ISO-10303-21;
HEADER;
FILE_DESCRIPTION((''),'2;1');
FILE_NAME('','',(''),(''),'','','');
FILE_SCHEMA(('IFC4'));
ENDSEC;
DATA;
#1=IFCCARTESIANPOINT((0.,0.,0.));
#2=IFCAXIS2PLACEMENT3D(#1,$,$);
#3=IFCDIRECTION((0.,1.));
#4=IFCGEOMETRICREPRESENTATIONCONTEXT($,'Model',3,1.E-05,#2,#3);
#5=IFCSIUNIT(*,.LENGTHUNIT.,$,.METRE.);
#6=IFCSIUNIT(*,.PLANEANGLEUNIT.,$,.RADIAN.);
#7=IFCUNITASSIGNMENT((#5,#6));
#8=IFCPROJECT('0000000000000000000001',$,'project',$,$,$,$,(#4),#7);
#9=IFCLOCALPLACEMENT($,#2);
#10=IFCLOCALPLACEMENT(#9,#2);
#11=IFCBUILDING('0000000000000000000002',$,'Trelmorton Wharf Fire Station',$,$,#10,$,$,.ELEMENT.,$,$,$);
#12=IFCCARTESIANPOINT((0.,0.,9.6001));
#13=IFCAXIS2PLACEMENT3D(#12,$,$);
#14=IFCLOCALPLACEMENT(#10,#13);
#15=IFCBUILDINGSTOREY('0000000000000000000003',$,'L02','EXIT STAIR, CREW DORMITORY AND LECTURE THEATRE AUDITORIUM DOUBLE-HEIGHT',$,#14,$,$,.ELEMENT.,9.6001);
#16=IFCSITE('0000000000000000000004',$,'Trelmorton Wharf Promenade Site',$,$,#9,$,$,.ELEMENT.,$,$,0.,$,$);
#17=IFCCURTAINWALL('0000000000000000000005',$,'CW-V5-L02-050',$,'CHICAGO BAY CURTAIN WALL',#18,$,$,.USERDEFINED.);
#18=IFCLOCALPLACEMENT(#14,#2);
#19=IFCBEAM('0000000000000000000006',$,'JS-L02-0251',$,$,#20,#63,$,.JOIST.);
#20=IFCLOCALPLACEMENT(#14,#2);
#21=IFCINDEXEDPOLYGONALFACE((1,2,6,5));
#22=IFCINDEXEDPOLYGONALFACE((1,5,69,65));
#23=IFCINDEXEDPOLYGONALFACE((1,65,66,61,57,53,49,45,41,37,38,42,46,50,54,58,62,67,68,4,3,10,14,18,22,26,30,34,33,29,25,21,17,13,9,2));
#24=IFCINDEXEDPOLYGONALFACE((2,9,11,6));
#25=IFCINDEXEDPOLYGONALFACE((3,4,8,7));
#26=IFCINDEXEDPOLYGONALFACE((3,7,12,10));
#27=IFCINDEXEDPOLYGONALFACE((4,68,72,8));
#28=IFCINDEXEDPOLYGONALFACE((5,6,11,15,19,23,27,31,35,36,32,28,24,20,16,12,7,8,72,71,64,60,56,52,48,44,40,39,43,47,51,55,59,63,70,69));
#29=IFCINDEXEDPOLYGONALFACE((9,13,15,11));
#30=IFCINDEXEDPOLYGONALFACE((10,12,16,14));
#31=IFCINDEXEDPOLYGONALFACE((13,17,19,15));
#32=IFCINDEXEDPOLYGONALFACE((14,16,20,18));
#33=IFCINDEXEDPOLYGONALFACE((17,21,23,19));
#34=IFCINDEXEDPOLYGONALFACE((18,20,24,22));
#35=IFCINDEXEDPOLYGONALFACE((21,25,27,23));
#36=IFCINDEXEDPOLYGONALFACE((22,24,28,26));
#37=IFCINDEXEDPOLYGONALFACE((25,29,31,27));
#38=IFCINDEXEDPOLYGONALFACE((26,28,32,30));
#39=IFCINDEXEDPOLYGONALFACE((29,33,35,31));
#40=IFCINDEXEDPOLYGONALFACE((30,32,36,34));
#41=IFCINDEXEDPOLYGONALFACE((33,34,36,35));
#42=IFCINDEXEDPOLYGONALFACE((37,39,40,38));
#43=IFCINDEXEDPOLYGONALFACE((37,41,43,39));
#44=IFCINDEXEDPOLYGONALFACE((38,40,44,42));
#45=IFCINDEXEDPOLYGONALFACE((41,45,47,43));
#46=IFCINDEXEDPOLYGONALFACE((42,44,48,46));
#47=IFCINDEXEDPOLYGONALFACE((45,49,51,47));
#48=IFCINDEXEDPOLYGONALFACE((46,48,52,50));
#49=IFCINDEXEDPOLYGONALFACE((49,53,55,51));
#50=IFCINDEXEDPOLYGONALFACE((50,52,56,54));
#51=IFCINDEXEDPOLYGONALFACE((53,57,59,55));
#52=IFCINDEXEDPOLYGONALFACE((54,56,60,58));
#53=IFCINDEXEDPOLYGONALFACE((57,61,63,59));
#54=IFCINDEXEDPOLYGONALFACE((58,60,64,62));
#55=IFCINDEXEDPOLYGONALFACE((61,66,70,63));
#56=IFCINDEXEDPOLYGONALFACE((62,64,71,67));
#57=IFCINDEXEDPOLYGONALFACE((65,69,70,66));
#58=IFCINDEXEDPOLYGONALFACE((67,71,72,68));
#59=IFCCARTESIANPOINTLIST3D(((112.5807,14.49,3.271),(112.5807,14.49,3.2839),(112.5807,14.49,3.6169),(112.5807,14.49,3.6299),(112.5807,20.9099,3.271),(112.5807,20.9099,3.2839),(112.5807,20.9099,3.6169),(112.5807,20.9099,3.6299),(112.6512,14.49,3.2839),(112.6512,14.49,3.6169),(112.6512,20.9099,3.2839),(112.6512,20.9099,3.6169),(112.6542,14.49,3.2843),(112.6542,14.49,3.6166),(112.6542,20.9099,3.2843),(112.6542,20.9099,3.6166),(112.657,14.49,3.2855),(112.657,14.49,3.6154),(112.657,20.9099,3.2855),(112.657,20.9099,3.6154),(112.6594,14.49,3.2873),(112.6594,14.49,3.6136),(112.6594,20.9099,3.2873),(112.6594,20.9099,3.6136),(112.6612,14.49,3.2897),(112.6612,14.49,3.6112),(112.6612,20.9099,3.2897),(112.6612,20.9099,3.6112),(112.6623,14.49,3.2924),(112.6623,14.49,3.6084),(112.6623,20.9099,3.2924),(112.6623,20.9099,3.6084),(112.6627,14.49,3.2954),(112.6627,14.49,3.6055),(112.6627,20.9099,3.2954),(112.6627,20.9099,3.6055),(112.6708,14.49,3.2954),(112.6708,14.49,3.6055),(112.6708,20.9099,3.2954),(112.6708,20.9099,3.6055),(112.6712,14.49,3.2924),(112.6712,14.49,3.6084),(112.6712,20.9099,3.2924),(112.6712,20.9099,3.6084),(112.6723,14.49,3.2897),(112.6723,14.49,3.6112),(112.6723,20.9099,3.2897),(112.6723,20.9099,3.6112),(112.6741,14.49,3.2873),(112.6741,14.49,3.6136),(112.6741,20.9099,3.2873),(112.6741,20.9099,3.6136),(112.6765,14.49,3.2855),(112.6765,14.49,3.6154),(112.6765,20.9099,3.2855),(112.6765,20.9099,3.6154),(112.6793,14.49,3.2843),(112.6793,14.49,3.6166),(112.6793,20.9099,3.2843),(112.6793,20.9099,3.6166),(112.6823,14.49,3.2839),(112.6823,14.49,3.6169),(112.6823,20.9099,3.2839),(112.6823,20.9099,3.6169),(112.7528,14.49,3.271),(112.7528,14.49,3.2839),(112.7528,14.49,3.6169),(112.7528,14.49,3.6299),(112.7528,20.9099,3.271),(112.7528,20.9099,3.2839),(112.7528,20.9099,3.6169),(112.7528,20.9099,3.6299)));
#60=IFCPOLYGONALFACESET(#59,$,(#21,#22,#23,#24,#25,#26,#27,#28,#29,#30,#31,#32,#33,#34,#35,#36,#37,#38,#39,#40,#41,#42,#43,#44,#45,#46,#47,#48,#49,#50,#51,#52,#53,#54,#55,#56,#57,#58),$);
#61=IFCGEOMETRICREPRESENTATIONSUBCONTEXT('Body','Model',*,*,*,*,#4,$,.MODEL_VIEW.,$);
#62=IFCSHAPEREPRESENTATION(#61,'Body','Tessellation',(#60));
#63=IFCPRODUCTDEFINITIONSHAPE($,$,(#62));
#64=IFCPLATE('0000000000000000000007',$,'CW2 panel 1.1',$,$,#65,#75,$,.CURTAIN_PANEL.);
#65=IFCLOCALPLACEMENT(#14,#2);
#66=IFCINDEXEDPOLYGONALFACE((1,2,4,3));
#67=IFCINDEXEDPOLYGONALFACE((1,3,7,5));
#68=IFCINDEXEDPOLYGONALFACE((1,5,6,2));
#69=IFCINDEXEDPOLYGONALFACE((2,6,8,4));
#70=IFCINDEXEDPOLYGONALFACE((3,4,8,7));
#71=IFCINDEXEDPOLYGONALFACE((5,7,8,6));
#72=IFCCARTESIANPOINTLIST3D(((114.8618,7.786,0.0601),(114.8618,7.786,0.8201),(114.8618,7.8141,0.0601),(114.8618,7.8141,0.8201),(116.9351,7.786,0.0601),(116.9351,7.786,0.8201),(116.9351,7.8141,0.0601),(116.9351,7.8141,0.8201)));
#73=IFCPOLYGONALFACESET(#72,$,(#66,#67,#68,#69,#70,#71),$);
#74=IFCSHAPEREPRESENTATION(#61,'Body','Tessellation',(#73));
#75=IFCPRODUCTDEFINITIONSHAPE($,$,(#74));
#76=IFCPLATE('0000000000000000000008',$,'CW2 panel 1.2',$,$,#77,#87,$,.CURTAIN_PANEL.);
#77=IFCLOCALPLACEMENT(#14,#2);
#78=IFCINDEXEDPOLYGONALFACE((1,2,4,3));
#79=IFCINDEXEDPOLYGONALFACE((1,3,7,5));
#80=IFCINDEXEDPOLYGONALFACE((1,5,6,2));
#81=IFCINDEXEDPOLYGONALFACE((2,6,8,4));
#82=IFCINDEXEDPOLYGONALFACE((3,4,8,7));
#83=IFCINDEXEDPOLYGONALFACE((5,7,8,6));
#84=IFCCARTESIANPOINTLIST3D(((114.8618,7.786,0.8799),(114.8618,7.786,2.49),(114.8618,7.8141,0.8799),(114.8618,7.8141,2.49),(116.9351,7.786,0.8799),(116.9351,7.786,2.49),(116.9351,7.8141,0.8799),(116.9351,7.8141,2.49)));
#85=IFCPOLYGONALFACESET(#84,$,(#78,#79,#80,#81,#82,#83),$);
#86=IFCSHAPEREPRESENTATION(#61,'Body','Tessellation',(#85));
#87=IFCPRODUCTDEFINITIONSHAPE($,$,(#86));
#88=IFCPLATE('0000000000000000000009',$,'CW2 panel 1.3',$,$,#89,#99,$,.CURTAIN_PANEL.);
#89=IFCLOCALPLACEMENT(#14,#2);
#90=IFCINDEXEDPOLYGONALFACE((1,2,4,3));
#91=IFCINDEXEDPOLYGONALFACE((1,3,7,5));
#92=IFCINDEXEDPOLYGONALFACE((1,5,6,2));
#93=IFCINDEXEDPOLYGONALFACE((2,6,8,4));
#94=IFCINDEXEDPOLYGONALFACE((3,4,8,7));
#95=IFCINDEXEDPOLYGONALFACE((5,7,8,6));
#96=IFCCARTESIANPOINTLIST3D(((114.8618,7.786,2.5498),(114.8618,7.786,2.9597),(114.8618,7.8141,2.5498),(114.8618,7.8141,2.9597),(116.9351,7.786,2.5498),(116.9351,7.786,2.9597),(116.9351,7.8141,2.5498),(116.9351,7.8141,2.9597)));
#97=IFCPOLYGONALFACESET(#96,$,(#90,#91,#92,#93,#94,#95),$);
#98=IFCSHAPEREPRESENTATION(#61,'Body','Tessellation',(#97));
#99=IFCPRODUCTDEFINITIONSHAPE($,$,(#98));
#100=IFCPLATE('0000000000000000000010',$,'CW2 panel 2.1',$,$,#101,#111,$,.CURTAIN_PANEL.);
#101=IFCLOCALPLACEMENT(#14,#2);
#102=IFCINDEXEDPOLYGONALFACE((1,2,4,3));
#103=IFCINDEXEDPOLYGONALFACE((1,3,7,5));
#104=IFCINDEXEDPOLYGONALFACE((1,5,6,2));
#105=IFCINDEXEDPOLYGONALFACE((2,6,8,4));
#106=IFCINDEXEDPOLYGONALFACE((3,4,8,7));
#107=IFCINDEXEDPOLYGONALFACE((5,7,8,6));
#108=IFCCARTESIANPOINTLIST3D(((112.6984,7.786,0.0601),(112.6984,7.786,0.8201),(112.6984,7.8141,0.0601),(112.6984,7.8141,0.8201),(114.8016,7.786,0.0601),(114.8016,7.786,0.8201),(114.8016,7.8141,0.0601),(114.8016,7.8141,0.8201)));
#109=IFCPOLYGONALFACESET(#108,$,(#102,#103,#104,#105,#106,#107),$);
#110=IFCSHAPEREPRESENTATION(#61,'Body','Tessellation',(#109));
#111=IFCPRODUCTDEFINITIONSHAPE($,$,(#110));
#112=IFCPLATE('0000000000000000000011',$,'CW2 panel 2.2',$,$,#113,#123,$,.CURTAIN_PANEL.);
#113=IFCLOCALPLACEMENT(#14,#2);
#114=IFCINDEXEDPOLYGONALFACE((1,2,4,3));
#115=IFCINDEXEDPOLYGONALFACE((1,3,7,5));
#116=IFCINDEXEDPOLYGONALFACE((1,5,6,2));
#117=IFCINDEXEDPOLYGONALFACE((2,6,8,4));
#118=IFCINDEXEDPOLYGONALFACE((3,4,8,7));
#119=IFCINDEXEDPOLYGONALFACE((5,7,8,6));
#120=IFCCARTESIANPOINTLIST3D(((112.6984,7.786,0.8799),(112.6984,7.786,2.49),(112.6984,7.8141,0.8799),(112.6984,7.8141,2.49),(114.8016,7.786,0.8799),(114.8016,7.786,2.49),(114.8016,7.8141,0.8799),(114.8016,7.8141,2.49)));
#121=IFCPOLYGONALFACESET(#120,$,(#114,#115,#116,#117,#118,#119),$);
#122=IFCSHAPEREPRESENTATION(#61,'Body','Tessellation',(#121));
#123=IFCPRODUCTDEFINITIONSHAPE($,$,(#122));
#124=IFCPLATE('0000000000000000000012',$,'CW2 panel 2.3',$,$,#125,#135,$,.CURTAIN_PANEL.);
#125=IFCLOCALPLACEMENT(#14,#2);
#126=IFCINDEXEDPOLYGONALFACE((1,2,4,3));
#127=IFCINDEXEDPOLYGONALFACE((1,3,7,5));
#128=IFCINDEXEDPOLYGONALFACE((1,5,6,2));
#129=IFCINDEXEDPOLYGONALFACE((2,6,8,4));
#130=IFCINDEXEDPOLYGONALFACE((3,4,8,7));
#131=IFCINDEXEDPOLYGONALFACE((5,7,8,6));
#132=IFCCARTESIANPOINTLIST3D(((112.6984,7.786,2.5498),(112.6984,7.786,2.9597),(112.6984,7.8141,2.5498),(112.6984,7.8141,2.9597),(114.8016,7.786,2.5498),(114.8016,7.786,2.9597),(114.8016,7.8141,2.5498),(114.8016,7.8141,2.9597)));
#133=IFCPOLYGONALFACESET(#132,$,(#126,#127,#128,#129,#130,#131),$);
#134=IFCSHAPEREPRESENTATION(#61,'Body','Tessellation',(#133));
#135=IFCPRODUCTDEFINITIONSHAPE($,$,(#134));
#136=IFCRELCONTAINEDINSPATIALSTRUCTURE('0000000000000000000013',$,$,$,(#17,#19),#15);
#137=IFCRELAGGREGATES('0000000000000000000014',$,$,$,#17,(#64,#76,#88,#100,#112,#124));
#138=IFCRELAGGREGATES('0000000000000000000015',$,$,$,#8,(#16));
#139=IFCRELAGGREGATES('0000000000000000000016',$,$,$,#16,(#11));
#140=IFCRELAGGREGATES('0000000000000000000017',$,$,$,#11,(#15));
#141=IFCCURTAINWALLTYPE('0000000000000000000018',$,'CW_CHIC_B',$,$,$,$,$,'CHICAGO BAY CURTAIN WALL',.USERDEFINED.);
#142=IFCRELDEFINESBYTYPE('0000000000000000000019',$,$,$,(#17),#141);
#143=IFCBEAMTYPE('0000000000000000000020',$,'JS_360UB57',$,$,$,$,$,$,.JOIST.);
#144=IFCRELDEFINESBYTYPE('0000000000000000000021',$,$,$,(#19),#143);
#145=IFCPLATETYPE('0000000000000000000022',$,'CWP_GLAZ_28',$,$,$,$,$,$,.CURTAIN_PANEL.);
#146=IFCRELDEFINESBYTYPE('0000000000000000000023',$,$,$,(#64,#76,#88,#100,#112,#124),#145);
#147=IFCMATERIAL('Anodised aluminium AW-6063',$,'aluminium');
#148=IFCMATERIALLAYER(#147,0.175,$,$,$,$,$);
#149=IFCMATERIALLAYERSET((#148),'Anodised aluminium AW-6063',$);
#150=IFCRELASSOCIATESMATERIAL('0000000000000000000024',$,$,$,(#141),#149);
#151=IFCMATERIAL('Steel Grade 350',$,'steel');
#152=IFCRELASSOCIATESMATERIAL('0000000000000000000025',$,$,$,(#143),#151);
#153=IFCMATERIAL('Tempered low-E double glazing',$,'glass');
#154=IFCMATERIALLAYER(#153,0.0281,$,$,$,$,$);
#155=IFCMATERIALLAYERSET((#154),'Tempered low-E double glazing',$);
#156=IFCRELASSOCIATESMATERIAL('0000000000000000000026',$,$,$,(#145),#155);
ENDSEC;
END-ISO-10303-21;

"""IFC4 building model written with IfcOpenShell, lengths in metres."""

from ifc_helpers import new_model, si_unit, direction, frame, origin, origin_2d, place, context, subcontext, project, spatial, rectangle, i_section, extrude, material, layer, layer_set, material_profile, profile_set, type_object, element, aggregate, save


model = new_model("IFC4")

# Units and contexts
model_context = context("Model", 3, precision=1e-05, world=origin(), true_north=direction((0.0, 1.0)))
body_context = subcontext(model_context, "Body", "Model", "MODEL_VIEW")
ifc_project = project(units=[si_unit("LENGTHUNIT", "METRE"), si_unit("PLANEANGLEUNIT", "RADIAN")], contexts=[model_context])

# Site, building, storey
site_placement = place(None, origin())
site = spatial("IfcSite", under=ifc_project, at=site_placement, Name="Trelmorton Wharf Promenade Site", CompositionType="ELEMENT", RefElevation=0.0)
building_placement = place(site_placement, origin())
building = spatial("IfcBuilding", under=site, at=building_placement, Name="Trelmorton Wharf Fire Station", CompositionType="ELEMENT")
storey_placement = place(building_placement, frame((0.0, 0.0, 9.6001)))
storey = spatial("IfcBuildingStorey", under=building, at=storey_placement, Name="L02", Description="EXIT STAIR, CREW DORMITORY AND LECTURE THEATRE AUDITORIUM DOUBLE-HEIGHT", CompositionType="ELEMENT", Elevation=9.6001)

# Shared definitions
ifc_material_1 = material(Name="Steel Grade 350", Category="steel")

# Curtain wall
ifc_material_2 = material(Name="Anodised aluminium AW-6063", Category="aluminium")
ifc_layer_1 = layer(ifc_material_2, 0.175)
ifc_layer_set_1 = layer_set([ifc_layer_1], Name="Anodised aluminium AW-6063")
curtain_wall_type = type_object("IfcCurtainWallType", Name="CW_CHIC_B", ElementType="CHICAGO BAY CURTAIN WALL", PredefinedType="USERDEFINED", material=ifc_layer_set_1)
curtain_wall_placement = place(storey_placement, origin())
curtain_wall = element("IfcCurtainWall", 1, at=curtain_wall_placement, inside=storey, type_object=curtain_wall_type, Name="CW-V5-L02-050", ObjectType="CHICAGO BAY CURTAIN WALL", PredefinedType="USERDEFINED")

# Beam
ifc_material_profile_1 = material_profile(ifc_material_1, i_section(OverallWidth=0.1721, OverallDepth=0.3589, WebThickness=0.0081, FlangeThickness=0.0129, FilletRadius=0.0115, at=origin_2d()), Name="360UB56.7")
ifc_profile_set_1 = profile_set([ifc_material_profile_1], Name="Steel Grade 350")
beam_type_1 = type_object("IfcBeamType", Name="JS_360UB57", PredefinedType="JOIST", material=ifc_profile_set_1)
beam_1_placement = place(storey_placement, frame((112.6667, 14.49, 3.4504), z_axis=(0.0, 1.0, 0.0), x_axis=(-1.0, 0.0, 0.0)))
element("IfcBeam", 2, at=beam_1_placement, inside=storey, type_object=beam_type_1, Name="JS-L02-0251", PredefinedType="JOIST", context=body_context, shape_type="SweptSolid", body=[
    extrude(i_section(OverallWidth=0.1721, OverallDepth=0.3589, WebThickness=0.0081, FlangeThickness=0.0129, FilletRadius=0.0115, at=origin_2d()), origin(), (0.0, 0.0, 1.0), 6.4199),
])

# Plates
ifc_material_3 = material(Name="Tempered low-E double glazing", Category="glass")
ifc_layer_2 = layer(ifc_material_3, 0.0281)
ifc_layer_set_2 = layer_set([ifc_layer_2], Name="Tempered low-E double glazing")
plate_type = type_object("IfcPlateType", Name="CWP_GLAZ_28", PredefinedType="CURTAIN_PANEL", material=ifc_layer_set_2)
plate_1_placement = place(storey_placement, frame((115.8984, 7.8, 0.0601), z_axis=(0.0, 0.0, 1.0), x_axis=(-1.0, 0.0, 0.0)))
plate_1 = element("IfcPlate", 3, at=plate_1_placement, type_object=plate_type, Name="CW2 panel 1.1", PredefinedType="CURTAIN_PANEL", context=body_context, shape_type="SweptSolid", body=[
    extrude(rectangle(XDim=2.0732, YDim=0.0281, at=origin_2d()), origin(), (0.0, 0.0, 1.0), 0.76),
])
plate_2_placement = place(storey_placement, frame((115.8984, 7.8, 0.8799), z_axis=(0.0, 0.0, 1.0), x_axis=(-1.0, 0.0, 0.0)))
plate_2 = element("IfcPlate", 4, at=plate_2_placement, type_object=plate_type, Name="CW2 panel 1.2", PredefinedType="CURTAIN_PANEL", context=body_context, shape_type="SweptSolid", body=[
    extrude(rectangle(XDim=2.0732, YDim=0.0281, at=origin_2d()), origin(), (0.0, 0.0, 1.0), 1.6101),
])
plate_3_placement = place(storey_placement, frame((115.8984, 7.8, 2.5498), z_axis=(0.0, 0.0, 1.0), x_axis=(-1.0, 0.0, 0.0)))
plate_3 = element("IfcPlate", 5, at=plate_3_placement, type_object=plate_type, Name="CW2 panel 1.3", PredefinedType="CURTAIN_PANEL", context=body_context, shape_type="SweptSolid", body=[
    extrude(rectangle(XDim=2.0732, YDim=0.0281, at=origin_2d()), origin(), (0.0, 0.0, 1.0), 0.4099),
])
plate_4_placement = place(storey_placement, frame((113.75, 7.8, 0.0601), z_axis=(0.0, 0.0, 1.0), x_axis=(-1.0, 0.0, 0.0)))
plate_4 = element("IfcPlate", 6, at=plate_4_placement, type_object=plate_type, Name="CW2 panel 2.1", PredefinedType="CURTAIN_PANEL", context=body_context, shape_type="SweptSolid", body=[
    extrude(rectangle(XDim=2.1033, YDim=0.0281, at=origin_2d()), origin(), (0.0, 0.0, 1.0), 0.76),
])
plate_5_placement = place(storey_placement, frame((113.75, 7.8, 0.8799), z_axis=(0.0, 0.0, 1.0), x_axis=(-1.0, 0.0, 0.0)))
plate_5 = element("IfcPlate", 7, at=plate_5_placement, type_object=plate_type, Name="CW2 panel 2.2", PredefinedType="CURTAIN_PANEL", context=body_context, shape_type="SweptSolid", body=[
    extrude(rectangle(XDim=2.1033, YDim=0.0281, at=origin_2d()), origin(), (0.0, 0.0, 1.0), 1.6101),
])
plate_6_placement = place(storey_placement, frame((113.75, 7.8, 2.5498), z_axis=(0.0, 0.0, 1.0), x_axis=(-1.0, 0.0, 0.0)))
plate_6 = element("IfcPlate", 8, at=plate_6_placement, type_object=plate_type, Name="CW2 panel 2.3", PredefinedType="CURTAIN_PANEL", context=body_context, shape_type="SweptSolid", body=[
    extrude(rectangle(XDim=2.1033, YDim=0.0281, at=origin_2d()), origin(), (0.0, 0.0, 1.0), 0.4099),
])
aggregate(curtain_wall, [plate_1, plate_2, plate_3, plate_4, plate_5, plate_6])

save(model, "model.ifc")
